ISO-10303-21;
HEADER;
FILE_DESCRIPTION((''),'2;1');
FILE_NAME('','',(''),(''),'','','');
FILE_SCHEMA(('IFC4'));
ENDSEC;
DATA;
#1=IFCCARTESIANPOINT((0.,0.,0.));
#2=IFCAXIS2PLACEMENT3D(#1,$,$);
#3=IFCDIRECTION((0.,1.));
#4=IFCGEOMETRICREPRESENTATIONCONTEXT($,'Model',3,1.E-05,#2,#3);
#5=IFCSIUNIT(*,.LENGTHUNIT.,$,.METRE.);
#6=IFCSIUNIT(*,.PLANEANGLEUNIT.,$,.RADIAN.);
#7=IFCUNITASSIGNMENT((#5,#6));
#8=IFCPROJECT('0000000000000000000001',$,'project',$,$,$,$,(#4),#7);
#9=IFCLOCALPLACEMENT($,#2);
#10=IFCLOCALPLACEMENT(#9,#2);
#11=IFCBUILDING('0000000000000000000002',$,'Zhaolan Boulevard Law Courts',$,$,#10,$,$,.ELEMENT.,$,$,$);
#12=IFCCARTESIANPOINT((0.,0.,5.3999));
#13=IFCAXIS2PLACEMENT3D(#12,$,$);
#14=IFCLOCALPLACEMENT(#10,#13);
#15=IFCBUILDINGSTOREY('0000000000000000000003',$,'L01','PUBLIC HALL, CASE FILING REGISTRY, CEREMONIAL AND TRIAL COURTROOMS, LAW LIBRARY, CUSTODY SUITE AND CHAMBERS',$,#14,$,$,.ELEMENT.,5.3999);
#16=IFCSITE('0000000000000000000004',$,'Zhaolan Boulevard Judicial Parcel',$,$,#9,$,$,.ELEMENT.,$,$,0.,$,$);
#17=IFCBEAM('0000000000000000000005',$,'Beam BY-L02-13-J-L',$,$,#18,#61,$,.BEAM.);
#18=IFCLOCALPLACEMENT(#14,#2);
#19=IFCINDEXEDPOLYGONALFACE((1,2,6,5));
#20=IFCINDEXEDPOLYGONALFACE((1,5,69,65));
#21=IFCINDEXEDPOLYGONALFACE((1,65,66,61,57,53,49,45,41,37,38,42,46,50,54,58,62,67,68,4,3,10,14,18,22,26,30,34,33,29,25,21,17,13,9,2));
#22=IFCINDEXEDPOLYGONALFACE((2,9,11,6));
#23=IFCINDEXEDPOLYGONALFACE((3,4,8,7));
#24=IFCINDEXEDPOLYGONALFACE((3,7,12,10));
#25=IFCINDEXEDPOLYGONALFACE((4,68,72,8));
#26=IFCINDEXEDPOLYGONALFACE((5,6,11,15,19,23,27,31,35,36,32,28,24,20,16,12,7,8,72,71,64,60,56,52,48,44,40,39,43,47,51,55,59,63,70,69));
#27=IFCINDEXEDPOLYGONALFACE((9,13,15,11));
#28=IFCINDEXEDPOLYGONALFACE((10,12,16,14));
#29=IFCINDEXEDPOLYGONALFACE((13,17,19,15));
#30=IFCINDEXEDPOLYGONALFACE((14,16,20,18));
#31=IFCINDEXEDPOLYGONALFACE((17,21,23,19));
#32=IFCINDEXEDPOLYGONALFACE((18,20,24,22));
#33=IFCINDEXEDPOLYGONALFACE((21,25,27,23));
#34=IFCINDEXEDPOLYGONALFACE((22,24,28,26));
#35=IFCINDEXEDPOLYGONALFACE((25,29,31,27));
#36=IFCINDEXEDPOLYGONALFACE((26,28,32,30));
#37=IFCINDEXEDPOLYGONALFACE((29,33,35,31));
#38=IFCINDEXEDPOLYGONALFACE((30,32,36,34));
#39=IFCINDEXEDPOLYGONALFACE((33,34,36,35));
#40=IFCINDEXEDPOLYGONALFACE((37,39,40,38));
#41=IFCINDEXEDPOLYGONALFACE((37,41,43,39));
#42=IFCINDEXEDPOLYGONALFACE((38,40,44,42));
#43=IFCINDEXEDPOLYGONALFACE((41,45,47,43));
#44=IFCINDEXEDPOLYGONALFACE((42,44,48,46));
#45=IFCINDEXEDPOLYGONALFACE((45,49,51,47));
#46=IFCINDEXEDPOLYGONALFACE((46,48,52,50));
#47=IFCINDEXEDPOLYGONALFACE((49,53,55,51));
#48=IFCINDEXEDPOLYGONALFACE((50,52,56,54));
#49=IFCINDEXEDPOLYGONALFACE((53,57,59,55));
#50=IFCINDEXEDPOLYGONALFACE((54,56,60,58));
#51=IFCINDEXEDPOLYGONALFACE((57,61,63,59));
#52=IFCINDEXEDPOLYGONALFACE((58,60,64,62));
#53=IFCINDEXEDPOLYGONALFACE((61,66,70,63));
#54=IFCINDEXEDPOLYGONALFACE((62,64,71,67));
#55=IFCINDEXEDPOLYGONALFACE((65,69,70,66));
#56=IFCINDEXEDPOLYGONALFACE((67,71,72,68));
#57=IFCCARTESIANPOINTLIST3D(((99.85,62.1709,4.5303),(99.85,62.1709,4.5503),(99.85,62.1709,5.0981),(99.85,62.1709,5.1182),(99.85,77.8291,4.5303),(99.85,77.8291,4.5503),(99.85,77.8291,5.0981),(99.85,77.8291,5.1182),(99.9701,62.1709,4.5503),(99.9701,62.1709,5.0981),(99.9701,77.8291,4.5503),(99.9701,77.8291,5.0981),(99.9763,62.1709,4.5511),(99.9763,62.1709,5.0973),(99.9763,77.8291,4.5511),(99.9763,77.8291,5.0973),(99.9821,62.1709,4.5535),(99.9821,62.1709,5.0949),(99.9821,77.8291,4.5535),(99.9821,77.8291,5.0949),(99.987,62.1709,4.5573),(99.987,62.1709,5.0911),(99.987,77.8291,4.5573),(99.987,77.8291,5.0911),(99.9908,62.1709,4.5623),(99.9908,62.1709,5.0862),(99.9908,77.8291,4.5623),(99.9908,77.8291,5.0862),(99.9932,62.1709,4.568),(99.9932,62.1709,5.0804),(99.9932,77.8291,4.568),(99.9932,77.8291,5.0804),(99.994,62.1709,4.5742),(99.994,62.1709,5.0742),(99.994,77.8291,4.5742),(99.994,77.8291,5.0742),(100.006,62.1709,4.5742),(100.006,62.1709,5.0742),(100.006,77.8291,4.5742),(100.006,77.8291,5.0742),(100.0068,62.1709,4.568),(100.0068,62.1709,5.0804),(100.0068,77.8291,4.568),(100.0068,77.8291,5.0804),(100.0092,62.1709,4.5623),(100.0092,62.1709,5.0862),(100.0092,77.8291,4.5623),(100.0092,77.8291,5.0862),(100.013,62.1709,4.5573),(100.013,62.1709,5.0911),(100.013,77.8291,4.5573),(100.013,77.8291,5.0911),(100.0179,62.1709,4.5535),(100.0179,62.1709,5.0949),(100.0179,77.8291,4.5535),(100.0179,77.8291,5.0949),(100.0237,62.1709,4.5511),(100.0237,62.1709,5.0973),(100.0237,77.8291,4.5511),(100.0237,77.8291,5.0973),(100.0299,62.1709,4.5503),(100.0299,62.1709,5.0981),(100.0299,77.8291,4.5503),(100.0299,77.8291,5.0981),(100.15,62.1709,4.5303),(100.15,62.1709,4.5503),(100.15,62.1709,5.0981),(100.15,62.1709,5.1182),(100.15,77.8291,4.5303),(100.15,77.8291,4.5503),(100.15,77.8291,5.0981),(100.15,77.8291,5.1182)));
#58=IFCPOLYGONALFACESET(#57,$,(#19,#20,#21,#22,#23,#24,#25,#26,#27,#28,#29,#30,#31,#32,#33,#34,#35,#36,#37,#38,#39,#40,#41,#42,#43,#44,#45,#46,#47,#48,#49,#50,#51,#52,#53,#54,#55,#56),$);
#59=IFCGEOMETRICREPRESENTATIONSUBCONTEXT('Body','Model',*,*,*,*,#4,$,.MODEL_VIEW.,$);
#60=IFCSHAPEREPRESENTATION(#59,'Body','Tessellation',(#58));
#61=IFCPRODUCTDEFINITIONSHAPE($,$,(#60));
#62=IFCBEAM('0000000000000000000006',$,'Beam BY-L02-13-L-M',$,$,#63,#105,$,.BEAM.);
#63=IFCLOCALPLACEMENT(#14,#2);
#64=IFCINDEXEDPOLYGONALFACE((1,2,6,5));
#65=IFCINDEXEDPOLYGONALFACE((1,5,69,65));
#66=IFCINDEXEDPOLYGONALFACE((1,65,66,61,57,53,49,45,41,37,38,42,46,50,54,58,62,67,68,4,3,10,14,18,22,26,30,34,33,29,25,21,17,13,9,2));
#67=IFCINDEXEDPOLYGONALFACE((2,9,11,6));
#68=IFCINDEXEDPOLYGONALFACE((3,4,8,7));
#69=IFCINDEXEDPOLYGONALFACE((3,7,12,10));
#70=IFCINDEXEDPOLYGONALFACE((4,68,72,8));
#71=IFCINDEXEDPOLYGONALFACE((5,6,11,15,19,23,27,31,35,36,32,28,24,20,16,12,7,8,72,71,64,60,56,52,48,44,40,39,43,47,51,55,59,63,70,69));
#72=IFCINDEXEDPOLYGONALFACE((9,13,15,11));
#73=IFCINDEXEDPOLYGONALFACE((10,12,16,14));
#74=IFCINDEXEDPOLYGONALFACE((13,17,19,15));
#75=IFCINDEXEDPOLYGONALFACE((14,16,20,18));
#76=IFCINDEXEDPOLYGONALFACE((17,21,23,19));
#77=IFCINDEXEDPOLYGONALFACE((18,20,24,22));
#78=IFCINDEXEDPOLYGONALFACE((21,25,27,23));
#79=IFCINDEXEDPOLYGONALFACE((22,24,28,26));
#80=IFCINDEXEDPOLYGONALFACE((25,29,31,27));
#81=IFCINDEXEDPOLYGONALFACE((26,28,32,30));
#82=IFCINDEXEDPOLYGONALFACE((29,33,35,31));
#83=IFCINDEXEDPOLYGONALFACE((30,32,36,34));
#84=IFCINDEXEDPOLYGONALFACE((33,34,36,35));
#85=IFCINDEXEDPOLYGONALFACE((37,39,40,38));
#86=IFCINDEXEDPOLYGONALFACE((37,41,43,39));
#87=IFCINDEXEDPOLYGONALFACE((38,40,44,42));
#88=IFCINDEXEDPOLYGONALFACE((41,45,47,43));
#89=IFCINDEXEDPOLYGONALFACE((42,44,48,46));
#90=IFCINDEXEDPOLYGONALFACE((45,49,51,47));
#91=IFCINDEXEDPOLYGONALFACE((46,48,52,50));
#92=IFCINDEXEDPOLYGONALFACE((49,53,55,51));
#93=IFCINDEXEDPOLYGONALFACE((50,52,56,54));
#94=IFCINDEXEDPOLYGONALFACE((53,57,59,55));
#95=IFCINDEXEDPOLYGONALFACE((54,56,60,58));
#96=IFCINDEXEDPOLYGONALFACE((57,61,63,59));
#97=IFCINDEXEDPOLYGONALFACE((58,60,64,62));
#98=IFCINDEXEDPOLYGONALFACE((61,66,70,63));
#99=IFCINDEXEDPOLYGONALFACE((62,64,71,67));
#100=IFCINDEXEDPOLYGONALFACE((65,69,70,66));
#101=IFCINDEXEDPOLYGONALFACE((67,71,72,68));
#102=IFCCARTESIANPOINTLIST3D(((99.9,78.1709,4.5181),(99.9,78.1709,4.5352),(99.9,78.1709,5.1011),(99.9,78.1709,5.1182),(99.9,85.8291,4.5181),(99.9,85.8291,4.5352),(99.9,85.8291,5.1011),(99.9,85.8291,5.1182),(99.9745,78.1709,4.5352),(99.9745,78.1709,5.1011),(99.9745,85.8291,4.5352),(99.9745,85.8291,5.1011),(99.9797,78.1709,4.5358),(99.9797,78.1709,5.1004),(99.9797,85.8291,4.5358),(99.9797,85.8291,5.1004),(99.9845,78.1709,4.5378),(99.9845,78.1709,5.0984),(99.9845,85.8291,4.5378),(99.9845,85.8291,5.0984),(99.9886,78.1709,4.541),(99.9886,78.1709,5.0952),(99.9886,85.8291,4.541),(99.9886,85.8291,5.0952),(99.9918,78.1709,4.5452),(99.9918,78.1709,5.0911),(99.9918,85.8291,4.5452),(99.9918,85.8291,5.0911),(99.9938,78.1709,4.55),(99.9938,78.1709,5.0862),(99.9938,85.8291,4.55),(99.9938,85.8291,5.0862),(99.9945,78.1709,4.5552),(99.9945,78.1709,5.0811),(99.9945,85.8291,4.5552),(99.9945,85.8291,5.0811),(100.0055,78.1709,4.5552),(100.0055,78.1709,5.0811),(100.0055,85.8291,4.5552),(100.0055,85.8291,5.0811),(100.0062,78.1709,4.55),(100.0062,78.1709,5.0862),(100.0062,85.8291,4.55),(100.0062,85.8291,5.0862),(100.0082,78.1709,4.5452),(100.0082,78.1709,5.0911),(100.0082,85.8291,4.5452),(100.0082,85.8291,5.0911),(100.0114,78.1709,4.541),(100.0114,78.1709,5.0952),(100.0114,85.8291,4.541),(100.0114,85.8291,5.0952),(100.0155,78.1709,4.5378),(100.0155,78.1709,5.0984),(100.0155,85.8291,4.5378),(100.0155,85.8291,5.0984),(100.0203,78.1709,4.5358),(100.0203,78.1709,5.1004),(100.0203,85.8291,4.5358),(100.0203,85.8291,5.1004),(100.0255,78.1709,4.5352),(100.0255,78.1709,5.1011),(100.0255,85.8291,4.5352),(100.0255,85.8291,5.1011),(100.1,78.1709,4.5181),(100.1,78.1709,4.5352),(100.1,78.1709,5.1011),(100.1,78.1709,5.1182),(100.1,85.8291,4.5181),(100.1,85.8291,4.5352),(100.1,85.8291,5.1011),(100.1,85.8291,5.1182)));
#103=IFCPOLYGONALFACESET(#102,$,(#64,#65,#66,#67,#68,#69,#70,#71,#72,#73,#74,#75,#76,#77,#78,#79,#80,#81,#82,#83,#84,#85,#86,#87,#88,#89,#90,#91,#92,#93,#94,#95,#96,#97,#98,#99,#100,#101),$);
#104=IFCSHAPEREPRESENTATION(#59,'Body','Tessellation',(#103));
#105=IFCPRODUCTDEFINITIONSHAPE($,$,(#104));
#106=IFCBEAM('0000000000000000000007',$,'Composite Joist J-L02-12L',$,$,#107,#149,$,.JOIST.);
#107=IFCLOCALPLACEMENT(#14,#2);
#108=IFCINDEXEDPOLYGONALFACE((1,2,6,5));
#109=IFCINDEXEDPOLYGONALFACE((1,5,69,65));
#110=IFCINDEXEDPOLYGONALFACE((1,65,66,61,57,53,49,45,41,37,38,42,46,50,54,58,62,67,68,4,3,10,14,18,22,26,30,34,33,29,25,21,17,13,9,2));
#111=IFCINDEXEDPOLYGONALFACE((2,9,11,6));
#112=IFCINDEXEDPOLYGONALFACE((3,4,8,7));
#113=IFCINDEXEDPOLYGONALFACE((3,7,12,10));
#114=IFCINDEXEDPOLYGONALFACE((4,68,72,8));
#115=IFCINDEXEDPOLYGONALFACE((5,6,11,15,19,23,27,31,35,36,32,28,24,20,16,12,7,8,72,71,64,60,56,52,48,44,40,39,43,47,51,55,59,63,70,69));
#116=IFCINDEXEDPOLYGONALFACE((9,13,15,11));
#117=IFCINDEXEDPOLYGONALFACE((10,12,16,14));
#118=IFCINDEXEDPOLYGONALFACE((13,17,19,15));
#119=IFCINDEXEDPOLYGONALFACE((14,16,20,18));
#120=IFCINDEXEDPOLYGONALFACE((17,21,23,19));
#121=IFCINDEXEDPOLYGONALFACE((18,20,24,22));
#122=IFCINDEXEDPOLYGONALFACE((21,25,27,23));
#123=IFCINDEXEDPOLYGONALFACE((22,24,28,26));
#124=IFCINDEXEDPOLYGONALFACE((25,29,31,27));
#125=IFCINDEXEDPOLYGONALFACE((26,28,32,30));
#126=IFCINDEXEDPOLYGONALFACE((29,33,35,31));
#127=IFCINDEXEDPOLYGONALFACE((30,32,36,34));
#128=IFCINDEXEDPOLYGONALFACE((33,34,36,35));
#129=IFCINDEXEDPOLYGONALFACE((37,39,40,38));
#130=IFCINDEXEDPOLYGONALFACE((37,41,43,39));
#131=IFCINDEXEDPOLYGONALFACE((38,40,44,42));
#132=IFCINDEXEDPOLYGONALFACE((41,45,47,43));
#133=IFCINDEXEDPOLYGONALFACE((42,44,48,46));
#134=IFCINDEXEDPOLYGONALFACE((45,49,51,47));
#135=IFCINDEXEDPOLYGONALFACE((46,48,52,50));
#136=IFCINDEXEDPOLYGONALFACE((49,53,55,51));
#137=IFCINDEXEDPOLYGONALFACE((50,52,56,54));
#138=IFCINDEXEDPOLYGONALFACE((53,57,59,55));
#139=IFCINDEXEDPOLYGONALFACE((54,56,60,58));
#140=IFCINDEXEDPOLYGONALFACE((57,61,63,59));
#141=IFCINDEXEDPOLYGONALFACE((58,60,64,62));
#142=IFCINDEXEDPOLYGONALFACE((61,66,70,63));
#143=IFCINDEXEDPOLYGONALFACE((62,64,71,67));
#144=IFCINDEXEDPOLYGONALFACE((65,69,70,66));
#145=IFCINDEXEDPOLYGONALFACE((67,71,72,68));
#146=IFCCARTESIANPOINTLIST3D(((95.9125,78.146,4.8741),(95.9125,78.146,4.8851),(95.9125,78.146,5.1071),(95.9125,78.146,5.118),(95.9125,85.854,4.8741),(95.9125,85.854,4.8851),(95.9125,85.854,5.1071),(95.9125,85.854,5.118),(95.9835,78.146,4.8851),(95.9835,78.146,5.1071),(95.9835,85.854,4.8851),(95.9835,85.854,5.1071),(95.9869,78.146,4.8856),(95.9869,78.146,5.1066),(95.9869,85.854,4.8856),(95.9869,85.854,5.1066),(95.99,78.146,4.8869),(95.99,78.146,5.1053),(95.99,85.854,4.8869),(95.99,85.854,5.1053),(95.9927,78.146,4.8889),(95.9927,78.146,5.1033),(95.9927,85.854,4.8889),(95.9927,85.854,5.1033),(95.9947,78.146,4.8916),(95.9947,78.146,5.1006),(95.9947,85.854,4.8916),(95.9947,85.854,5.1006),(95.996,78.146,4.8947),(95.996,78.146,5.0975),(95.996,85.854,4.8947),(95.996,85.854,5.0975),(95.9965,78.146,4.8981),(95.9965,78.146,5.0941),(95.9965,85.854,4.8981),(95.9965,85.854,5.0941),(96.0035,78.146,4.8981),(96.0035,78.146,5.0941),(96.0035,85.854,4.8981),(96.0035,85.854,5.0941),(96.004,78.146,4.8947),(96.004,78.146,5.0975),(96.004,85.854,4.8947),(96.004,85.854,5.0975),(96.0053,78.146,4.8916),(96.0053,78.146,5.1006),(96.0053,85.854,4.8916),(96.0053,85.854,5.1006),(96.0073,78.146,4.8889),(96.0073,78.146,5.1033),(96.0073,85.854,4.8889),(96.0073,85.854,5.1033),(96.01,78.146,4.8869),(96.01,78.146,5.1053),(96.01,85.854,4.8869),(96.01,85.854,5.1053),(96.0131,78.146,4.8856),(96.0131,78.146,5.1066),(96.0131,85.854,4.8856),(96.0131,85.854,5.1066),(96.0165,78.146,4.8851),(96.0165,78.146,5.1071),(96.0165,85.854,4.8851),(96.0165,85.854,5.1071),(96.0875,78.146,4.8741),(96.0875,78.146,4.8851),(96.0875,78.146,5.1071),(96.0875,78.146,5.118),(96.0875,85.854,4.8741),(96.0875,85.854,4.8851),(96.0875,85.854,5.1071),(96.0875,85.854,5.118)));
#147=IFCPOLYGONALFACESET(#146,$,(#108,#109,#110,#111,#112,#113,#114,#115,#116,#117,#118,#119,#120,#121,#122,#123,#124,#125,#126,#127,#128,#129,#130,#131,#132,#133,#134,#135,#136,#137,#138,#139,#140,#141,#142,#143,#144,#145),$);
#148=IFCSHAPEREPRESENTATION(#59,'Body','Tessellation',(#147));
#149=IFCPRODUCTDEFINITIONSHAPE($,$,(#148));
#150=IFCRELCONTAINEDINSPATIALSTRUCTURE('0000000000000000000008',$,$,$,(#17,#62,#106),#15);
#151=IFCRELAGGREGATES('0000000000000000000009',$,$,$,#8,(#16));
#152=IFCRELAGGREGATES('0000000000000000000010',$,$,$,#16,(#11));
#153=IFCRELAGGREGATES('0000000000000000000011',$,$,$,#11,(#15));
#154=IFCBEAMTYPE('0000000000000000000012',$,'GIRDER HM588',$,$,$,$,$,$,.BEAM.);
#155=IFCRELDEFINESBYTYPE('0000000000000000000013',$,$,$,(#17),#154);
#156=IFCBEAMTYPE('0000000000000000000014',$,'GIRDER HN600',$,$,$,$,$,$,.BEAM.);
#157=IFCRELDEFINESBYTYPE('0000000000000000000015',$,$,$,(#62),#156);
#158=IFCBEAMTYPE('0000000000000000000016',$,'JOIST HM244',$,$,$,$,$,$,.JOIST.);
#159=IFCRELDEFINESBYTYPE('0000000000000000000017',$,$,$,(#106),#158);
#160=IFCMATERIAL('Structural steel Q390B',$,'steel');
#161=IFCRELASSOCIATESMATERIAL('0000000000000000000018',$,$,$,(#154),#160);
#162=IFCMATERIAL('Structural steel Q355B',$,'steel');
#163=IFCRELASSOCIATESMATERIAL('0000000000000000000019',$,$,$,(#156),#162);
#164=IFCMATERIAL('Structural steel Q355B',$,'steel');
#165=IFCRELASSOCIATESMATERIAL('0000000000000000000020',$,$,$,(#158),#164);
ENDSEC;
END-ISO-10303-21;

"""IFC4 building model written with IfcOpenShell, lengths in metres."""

from ifc_helpers import new_model, si_unit, direction, frame, origin, origin_2d, place, context, subcontext, project, spatial, i_section, extrude, material, material_profile, profile_set, type_object, element, save


model = new_model("IFC4")

# Units and contexts
model_context = context("Model", 3, precision=1e-05, world=origin(), true_north=direction((0.0, 1.0)))
body_context = subcontext(model_context, "Body", "Model", "MODEL_VIEW")
ifc_project = project(units=[si_unit("LENGTHUNIT", "METRE"), si_unit("PLANEANGLEUNIT", "RADIAN")], contexts=[model_context])

# Site, building, storey
site_placement = place(None, origin())
site = spatial("IfcSite", under=ifc_project, at=site_placement, Name="Zhaolan Boulevard Judicial Parcel", CompositionType="ELEMENT", RefElevation=0.0)
building_placement = place(site_placement, origin())
building = spatial("IfcBuilding", under=site, at=building_placement, Name="Zhaolan Boulevard Law Courts", CompositionType="ELEMENT")
storey_placement = place(building_placement, frame((0.0, 0.0, 5.3999)))
storey = spatial("IfcBuildingStorey", under=building, at=storey_placement, Name="L01", Description="PUBLIC HALL, CASE FILING REGISTRY, CEREMONIAL AND TRIAL COURTROOMS, LAW LIBRARY, CUSTODY SUITE AND CHAMBERS", CompositionType="ELEMENT", Elevation=5.3999)

# Beams
ifc_material_1 = material(Name="Structural steel Q390B", Category="steel")
ifc_material_profile_1 = material_profile(ifc_material_1, i_section(OverallWidth=0.3, OverallDepth=0.5879, WebThickness=0.012, FlangeThickness=0.02, FilletRadius=0.0239, at=origin_2d()), Name="HM588x300")
ifc_profile_set_1 = profile_set([ifc_material_profile_1], Name="Structural steel Q390B")
beam_type_1 = type_object("IfcBeamType", Name="GIRDER HM588", PredefinedType="BEAM", material=ifc_profile_set_1)
beam_1_placement = place(storey_placement, frame((100.0, 62.1709, 4.8242), z_axis=(0.0, 1.0, 0.0), x_axis=(-1.0, 0.0, 0.0)))
element("IfcBeam", 1, at=beam_1_placement, inside=storey, type_object=beam_type_1, Name="Beam BY-L02-13-J-L", PredefinedType="BEAM", context=body_context, shape_type="SweptSolid", body=[
    extrude(i_section(OverallWidth=0.3, OverallDepth=0.5879, WebThickness=0.012, FlangeThickness=0.02, FilletRadius=0.0239, at=origin_2d()), origin(), (0.0, 0.0, 1.0), 15.6582),
])
ifc_material_2 = material(Name="Structural steel Q355B", Category="steel")
ifc_material_profile_2 = material_profile(ifc_material_2, i_section(OverallWidth=0.2, OverallDepth=0.6001, WebThickness=0.011, FlangeThickness=0.0171, FilletRadius=0.02, at=origin_2d()), Name="HN600x200")
ifc_profile_set_2 = profile_set([ifc_material_profile_2], Name="Structural steel Q355B")
beam_type_2 = type_object("IfcBeamType", Name="GIRDER HN600", PredefinedType="BEAM", material=ifc_profile_set_2)
beam_2_placement = place(storey_placement, frame((100.0, 78.1709, 4.8181), z_axis=(0.0, 1.0, 0.0), x_axis=(-1.0, 0.0, 0.0)))
element("IfcBeam", 2, at=beam_2_placement, inside=storey, type_object=beam_type_2, Name="Beam BY-L02-13-L-M", PredefinedType="BEAM", context=body_context, shape_type="SweptSolid", body=[
    extrude(i_section(OverallWidth=0.2, OverallDepth=0.6001, WebThickness=0.011, FlangeThickness=0.0171, FilletRadius=0.02, at=origin_2d()), origin(), (0.0, 0.0, 1.0), 7.6582),
])
ifc_material_3 = material(Name="Structural steel Q355B", Category="steel")
ifc_material_profile_3 = material_profile(ifc_material_3, i_section(OverallWidth=0.175, OverallDepth=0.2439, WebThickness=0.0071, FlangeThickness=0.011, FilletRadius=0.0129, at=origin_2d()), Name="HM244x175")
ifc_profile_set_3 = profile_set([ifc_material_profile_3], Name="Structural steel Q355B")
beam_type_3 = type_object("IfcBeamType", Name="JOIST HM244", PredefinedType="JOIST", material=ifc_profile_set_3)
beam_3_placement = place(storey_placement, frame((96.0, 78.146, 4.9961), z_axis=(0.0, 1.0, 0.0), x_axis=(-1.0, 0.0, 0.0)))
element("IfcBeam", 3, at=beam_3_placement, inside=storey, type_object=beam_type_3, Name="Composite Joist J-L02-12L", PredefinedType="JOIST", context=body_context, shape_type="SweptSolid", body=[
    extrude(i_section(OverallWidth=0.175, OverallDepth=0.2439, WebThickness=0.0071, FlangeThickness=0.011, FilletRadius=0.0129, at=origin_2d()), origin(), (0.0, 0.0, 1.0), 7.708),
])

save(model, "model.ifc")
